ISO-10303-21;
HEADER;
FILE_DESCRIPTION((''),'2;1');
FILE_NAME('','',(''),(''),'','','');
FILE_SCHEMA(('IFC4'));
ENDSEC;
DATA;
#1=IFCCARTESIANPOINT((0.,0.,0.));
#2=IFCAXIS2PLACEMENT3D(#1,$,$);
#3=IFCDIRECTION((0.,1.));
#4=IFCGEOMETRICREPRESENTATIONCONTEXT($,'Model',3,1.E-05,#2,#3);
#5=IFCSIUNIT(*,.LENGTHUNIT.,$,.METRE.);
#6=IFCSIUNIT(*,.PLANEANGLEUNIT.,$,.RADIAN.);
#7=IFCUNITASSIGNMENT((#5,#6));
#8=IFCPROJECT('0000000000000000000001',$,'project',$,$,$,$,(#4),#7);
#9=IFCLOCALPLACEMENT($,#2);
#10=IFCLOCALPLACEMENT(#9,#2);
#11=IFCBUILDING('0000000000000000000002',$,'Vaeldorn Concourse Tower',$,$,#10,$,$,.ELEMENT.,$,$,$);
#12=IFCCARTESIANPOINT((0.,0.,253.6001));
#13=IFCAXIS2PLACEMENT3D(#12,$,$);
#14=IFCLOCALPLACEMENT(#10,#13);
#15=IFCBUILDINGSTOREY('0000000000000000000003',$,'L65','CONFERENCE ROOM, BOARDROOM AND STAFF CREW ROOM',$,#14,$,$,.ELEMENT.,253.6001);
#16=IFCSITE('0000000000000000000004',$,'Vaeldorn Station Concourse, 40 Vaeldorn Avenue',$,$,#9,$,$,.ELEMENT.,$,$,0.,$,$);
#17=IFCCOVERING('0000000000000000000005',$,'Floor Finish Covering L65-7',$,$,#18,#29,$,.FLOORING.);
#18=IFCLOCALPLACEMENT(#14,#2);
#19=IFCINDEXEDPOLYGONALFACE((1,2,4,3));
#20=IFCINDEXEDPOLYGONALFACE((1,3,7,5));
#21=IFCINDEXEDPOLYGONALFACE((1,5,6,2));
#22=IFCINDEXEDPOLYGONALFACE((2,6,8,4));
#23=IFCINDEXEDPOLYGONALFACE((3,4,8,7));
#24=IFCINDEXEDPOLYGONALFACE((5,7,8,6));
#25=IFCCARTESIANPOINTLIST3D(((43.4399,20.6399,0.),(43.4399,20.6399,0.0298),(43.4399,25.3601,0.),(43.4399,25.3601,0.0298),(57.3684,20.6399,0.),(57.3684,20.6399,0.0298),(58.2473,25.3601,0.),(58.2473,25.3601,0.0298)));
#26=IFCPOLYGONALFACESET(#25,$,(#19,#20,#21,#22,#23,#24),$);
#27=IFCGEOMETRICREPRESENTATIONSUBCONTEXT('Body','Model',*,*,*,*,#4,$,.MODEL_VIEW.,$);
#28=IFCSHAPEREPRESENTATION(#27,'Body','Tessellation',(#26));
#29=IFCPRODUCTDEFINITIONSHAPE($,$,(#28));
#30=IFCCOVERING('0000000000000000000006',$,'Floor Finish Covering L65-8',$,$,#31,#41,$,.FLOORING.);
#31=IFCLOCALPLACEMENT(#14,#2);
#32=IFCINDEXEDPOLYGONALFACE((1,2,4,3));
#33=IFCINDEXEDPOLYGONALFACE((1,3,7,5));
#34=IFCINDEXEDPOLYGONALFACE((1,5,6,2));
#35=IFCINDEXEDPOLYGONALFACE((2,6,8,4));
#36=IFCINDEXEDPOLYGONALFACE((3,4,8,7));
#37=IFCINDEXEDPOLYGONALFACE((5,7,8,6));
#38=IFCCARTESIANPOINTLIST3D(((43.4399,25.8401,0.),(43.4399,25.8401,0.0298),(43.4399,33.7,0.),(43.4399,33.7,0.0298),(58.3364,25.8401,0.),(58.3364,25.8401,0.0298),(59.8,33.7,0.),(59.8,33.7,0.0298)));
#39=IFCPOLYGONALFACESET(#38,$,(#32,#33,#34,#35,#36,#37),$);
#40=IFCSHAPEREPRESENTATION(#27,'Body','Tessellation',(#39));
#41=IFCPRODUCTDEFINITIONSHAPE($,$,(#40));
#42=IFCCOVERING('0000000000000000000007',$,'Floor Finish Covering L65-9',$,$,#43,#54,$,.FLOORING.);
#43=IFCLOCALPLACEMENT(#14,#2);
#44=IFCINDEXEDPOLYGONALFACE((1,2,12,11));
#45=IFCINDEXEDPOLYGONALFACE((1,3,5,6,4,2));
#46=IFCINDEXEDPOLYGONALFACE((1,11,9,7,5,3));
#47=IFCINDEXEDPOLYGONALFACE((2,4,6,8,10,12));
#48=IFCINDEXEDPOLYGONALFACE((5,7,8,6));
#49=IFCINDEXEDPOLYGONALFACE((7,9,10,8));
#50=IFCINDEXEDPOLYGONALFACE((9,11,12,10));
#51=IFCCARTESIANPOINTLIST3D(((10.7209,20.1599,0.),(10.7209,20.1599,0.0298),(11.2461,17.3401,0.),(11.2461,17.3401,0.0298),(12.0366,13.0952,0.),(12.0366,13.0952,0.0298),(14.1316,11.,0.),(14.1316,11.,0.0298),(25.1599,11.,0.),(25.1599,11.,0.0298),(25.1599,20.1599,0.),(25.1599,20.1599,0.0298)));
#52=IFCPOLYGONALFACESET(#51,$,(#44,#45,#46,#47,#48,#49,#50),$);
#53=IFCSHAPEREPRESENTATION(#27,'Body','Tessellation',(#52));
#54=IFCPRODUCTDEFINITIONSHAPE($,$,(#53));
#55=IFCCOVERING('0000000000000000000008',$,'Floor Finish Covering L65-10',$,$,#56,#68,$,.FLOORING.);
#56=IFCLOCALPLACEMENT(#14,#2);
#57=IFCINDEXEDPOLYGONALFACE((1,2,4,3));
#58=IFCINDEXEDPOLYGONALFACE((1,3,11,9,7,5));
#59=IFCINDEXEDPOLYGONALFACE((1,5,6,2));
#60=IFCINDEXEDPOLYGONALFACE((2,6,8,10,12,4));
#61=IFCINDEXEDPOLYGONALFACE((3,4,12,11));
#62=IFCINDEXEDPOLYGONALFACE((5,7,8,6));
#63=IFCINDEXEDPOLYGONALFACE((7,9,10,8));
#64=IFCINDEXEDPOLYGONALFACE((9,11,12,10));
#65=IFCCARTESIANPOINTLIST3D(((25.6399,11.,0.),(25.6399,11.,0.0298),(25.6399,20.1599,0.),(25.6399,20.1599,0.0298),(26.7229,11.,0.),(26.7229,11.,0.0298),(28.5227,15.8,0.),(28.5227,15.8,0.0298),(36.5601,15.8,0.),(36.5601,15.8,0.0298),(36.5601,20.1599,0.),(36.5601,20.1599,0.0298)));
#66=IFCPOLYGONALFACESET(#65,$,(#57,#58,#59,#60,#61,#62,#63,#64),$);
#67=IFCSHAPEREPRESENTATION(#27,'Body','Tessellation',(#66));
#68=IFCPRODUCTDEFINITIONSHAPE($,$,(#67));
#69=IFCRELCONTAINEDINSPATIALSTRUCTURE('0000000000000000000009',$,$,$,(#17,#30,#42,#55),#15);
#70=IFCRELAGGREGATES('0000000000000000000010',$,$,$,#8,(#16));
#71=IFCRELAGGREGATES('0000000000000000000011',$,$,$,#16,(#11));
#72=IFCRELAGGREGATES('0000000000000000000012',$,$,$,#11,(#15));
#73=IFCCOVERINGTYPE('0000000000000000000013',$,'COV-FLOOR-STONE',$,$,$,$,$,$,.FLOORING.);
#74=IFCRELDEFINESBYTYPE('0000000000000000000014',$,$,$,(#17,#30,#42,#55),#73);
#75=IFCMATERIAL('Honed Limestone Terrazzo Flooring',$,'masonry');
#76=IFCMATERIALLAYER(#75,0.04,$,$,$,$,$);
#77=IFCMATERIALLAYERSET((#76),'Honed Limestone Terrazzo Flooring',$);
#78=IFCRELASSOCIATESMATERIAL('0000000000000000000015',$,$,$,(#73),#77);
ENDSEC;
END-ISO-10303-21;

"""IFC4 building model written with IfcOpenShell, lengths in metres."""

from ifc_helpers import new_model, si_unit, direction, frame, origin, place, context, subcontext, project, spatial, polyline, outline, extrude, material, layer, layer_set, type_object, element, save


model = new_model("IFC4")

# Units and contexts
model_context = context("Model", 3, precision=1e-05, world=origin(), true_north=direction((0.0, 1.0)))
body_context = subcontext(model_context, "Body", "Model", "MODEL_VIEW")
ifc_project = project(units=[si_unit("LENGTHUNIT", "METRE"), si_unit("PLANEANGLEUNIT", "RADIAN")], contexts=[model_context])

# Site, building, storey
site_placement = place(None, origin())
site = spatial("IfcSite", under=ifc_project, at=site_placement, Name="Vaeldorn Station Concourse, 40 Vaeldorn Avenue", CompositionType="ELEMENT", RefElevation=0.0)
building_placement = place(site_placement, origin())
building = spatial("IfcBuilding", under=site, at=building_placement, Name="Vaeldorn Concourse Tower", CompositionType="ELEMENT")
storey_placement = place(building_placement, frame((0.0, 0.0, 253.6001)))
storey = spatial("IfcBuildingStorey", under=building, at=storey_placement, Name="L65", Description="CONFERENCE ROOM, BOARDROOM AND STAFF CREW ROOM", CompositionType="ELEMENT", Elevation=253.6001)

# Coverings
ifc_material_1 = material(Name="Honed Limestone Terrazzo Flooring", Category="masonry")
ifc_layer_1 = layer(ifc_material_1, 0.04)
ifc_layer_set_1 = layer_set([ifc_layer_1], Name="Honed Limestone Terrazzo Flooring")
covering_type_1 = type_object("IfcCoveringType", Name="COV-FLOOR-STONE", PredefinedType="FLOORING", material=ifc_layer_set_1)
covering_1_placement = place(storey_placement, origin())
element("IfcCovering", 1, at=covering_1_placement, inside=storey, type_object=covering_type_1, Name="Floor Finish Covering L65-7", PredefinedType="FLOORING", context=body_context, shape_type="SweptSolid", body=[
    extrude(outline(polyline([(43.4399, 20.6399), (43.4399, 25.3601), (58.2473, 25.3601), (57.3684, 20.6399), (43.4399, 20.6399)])), origin(), (0.0, 0.0, 1.0), 0.0298),
])
covering_2_placement = place(storey_placement, origin())
element("IfcCovering", 2, at=covering_2_placement, inside=storey, type_object=covering_type_1, Name="Floor Finish Covering L65-8", PredefinedType="FLOORING", context=body_context, shape_type="SweptSolid", body=[
    extrude(outline(polyline([(43.4399, 25.8401), (43.4399, 33.7), (59.8, 33.7), (58.3364, 25.8401), (43.4399, 25.8401)])), origin(), (0.0, 0.0, 1.0), 0.0298),
])
covering_3_placement = place(storey_placement, origin())
element("IfcCovering", 3, at=covering_3_placement, inside=storey, type_object=covering_type_1, Name="Floor Finish Covering L65-9", PredefinedType="FLOORING", context=body_context, shape_type="SweptSolid", body=[
    extrude(outline(polyline([(25.1599, 20.1599), (25.1599, 11.0), (14.1316, 11.0), (12.0366, 13.0952), (11.2461, 17.3401), (11.2461, 17.3401), (10.7209, 20.1599), (25.1599, 20.1599)])), origin(), (0.0, 0.0, 1.0), 0.0298),
])
covering_4_placement = place(storey_placement, origin())
element("IfcCovering", 4, at=covering_4_placement, inside=storey, type_object=covering_type_1, Name="Floor Finish Covering L65-10", PredefinedType="FLOORING", context=body_context, shape_type="SweptSolid", body=[
    extrude(outline(polyline([(26.7229, 11.0), (25.6399, 11.0), (25.6399, 20.1599), (36.5601, 20.1599), (36.5601, 15.8), (28.5227, 15.8), (26.7229, 11.0)])), origin(), (0.0, 0.0, 1.0), 0.0298),
])

save(model, "model.ifc")
